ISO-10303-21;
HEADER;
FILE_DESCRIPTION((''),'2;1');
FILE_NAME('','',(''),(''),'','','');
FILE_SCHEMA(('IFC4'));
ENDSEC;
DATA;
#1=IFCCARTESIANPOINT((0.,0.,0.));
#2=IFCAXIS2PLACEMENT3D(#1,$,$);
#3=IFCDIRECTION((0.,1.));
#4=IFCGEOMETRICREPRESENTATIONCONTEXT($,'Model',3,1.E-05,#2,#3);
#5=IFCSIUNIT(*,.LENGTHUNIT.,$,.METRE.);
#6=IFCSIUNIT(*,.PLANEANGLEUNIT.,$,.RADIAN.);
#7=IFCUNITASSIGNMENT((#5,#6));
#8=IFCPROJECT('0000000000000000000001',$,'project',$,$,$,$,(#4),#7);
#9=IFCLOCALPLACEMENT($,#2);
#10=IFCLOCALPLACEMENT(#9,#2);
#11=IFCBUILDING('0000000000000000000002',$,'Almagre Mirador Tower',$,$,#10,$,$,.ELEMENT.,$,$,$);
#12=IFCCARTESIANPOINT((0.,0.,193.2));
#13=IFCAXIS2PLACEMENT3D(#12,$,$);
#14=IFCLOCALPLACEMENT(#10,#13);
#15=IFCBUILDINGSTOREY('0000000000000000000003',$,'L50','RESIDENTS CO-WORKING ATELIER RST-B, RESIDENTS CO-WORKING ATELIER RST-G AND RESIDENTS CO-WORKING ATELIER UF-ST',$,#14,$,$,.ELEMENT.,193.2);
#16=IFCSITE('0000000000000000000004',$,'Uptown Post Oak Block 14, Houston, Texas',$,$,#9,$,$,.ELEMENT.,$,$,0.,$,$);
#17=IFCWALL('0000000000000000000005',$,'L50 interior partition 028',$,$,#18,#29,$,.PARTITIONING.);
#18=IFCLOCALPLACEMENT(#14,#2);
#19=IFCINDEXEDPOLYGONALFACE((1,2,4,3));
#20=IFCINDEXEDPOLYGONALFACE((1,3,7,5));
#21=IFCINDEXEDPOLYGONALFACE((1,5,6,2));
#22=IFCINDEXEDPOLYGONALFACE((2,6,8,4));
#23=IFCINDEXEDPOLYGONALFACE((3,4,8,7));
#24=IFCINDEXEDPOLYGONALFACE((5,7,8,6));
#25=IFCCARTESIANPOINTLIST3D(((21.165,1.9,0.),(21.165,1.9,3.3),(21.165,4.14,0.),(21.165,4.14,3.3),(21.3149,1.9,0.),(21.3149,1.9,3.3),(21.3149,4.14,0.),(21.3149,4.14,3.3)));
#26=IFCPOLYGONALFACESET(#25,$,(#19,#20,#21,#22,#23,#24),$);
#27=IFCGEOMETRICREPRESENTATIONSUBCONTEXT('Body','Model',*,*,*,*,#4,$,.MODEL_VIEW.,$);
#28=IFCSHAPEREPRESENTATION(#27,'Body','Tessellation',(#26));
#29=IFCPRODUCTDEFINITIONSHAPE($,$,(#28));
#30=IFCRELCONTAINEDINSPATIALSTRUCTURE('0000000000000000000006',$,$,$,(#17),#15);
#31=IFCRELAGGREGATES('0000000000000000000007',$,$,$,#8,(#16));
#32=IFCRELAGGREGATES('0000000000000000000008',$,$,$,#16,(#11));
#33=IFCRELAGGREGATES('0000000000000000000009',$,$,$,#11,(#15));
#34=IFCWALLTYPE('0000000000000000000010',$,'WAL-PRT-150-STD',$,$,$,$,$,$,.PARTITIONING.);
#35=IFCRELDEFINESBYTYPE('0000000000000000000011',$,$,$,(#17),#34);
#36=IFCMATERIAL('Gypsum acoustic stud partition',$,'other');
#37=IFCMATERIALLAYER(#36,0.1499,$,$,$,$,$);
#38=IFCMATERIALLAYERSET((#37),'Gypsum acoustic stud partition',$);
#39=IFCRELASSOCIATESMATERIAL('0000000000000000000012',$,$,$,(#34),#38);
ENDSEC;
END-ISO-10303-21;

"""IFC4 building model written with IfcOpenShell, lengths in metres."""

from ifc_helpers import new_model, si_unit, direction, frame, frame_2d, origin, place, context, subcontext, project, spatial, rectangle, extrude, material, layer, layer_set, type_object, element, save


model = new_model("IFC4")

# Units and contexts
model_context = context("Model", 3, precision=1e-05, world=origin(), true_north=direction((0.0, 1.0)))
body_context = subcontext(model_context, "Body", "Model", "MODEL_VIEW")
ifc_project = project(units=[si_unit("LENGTHUNIT", "METRE"), si_unit("PLANEANGLEUNIT", "RADIAN")], contexts=[model_context])

# Site, building, storey
site_placement = place(None, origin())
site = spatial("IfcSite", under=ifc_project, at=site_placement, Name="Uptown Post Oak Block 14, Houston, Texas", CompositionType="ELEMENT", RefElevation=0.0)
building_placement = place(site_placement, origin())
building = spatial("IfcBuilding", under=site, at=building_placement, Name="Almagre Mirador Tower", CompositionType="ELEMENT")
storey_placement = place(building_placement, frame((0.0, 0.0, 193.2)))
storey = spatial("IfcBuildingStorey", under=building, at=storey_placement, Name="L50", Description="RESIDENTS CO-WORKING ATELIER RST-B, RESIDENTS CO-WORKING ATELIER RST-G AND RESIDENTS CO-WORKING ATELIER UF-ST", CompositionType="ELEMENT", Elevation=193.2)

# Shared definitions
ifc_material_1 = material(Name="Gypsum acoustic stud partition", Category="other")
ifc_layer_1 = layer(ifc_material_1, 0.1499)
ifc_layer_set_1 = layer_set([ifc_layer_1], Name="Gypsum acoustic stud partition")
wall_type_1 = type_object("IfcWallType", Name="WAL-PRT-150-STD", PredefinedType="PARTITIONING", material=ifc_layer_set_1)

# Wall
wall_1_placement = place(storey_placement, frame((21.24, 1.8999, 0.0), z_axis=(0.0, 0.0, 1.0), x_axis=(0.0, 1.0, 0.0)))
element("IfcWall", 1, at=wall_1_placement, inside=storey, type_object=wall_type_1, Name="L50 interior partition 028", PredefinedType="PARTITIONING", context=body_context, shape_type="SweptSolid", body=[
    extrude(rectangle(XDim=2.24, YDim=0.1499, at=frame_2d((1.1201, 0.0))), origin(), (0.0, 0.0, 1.0), 3.3),
])

save(model, "model.ifc")
